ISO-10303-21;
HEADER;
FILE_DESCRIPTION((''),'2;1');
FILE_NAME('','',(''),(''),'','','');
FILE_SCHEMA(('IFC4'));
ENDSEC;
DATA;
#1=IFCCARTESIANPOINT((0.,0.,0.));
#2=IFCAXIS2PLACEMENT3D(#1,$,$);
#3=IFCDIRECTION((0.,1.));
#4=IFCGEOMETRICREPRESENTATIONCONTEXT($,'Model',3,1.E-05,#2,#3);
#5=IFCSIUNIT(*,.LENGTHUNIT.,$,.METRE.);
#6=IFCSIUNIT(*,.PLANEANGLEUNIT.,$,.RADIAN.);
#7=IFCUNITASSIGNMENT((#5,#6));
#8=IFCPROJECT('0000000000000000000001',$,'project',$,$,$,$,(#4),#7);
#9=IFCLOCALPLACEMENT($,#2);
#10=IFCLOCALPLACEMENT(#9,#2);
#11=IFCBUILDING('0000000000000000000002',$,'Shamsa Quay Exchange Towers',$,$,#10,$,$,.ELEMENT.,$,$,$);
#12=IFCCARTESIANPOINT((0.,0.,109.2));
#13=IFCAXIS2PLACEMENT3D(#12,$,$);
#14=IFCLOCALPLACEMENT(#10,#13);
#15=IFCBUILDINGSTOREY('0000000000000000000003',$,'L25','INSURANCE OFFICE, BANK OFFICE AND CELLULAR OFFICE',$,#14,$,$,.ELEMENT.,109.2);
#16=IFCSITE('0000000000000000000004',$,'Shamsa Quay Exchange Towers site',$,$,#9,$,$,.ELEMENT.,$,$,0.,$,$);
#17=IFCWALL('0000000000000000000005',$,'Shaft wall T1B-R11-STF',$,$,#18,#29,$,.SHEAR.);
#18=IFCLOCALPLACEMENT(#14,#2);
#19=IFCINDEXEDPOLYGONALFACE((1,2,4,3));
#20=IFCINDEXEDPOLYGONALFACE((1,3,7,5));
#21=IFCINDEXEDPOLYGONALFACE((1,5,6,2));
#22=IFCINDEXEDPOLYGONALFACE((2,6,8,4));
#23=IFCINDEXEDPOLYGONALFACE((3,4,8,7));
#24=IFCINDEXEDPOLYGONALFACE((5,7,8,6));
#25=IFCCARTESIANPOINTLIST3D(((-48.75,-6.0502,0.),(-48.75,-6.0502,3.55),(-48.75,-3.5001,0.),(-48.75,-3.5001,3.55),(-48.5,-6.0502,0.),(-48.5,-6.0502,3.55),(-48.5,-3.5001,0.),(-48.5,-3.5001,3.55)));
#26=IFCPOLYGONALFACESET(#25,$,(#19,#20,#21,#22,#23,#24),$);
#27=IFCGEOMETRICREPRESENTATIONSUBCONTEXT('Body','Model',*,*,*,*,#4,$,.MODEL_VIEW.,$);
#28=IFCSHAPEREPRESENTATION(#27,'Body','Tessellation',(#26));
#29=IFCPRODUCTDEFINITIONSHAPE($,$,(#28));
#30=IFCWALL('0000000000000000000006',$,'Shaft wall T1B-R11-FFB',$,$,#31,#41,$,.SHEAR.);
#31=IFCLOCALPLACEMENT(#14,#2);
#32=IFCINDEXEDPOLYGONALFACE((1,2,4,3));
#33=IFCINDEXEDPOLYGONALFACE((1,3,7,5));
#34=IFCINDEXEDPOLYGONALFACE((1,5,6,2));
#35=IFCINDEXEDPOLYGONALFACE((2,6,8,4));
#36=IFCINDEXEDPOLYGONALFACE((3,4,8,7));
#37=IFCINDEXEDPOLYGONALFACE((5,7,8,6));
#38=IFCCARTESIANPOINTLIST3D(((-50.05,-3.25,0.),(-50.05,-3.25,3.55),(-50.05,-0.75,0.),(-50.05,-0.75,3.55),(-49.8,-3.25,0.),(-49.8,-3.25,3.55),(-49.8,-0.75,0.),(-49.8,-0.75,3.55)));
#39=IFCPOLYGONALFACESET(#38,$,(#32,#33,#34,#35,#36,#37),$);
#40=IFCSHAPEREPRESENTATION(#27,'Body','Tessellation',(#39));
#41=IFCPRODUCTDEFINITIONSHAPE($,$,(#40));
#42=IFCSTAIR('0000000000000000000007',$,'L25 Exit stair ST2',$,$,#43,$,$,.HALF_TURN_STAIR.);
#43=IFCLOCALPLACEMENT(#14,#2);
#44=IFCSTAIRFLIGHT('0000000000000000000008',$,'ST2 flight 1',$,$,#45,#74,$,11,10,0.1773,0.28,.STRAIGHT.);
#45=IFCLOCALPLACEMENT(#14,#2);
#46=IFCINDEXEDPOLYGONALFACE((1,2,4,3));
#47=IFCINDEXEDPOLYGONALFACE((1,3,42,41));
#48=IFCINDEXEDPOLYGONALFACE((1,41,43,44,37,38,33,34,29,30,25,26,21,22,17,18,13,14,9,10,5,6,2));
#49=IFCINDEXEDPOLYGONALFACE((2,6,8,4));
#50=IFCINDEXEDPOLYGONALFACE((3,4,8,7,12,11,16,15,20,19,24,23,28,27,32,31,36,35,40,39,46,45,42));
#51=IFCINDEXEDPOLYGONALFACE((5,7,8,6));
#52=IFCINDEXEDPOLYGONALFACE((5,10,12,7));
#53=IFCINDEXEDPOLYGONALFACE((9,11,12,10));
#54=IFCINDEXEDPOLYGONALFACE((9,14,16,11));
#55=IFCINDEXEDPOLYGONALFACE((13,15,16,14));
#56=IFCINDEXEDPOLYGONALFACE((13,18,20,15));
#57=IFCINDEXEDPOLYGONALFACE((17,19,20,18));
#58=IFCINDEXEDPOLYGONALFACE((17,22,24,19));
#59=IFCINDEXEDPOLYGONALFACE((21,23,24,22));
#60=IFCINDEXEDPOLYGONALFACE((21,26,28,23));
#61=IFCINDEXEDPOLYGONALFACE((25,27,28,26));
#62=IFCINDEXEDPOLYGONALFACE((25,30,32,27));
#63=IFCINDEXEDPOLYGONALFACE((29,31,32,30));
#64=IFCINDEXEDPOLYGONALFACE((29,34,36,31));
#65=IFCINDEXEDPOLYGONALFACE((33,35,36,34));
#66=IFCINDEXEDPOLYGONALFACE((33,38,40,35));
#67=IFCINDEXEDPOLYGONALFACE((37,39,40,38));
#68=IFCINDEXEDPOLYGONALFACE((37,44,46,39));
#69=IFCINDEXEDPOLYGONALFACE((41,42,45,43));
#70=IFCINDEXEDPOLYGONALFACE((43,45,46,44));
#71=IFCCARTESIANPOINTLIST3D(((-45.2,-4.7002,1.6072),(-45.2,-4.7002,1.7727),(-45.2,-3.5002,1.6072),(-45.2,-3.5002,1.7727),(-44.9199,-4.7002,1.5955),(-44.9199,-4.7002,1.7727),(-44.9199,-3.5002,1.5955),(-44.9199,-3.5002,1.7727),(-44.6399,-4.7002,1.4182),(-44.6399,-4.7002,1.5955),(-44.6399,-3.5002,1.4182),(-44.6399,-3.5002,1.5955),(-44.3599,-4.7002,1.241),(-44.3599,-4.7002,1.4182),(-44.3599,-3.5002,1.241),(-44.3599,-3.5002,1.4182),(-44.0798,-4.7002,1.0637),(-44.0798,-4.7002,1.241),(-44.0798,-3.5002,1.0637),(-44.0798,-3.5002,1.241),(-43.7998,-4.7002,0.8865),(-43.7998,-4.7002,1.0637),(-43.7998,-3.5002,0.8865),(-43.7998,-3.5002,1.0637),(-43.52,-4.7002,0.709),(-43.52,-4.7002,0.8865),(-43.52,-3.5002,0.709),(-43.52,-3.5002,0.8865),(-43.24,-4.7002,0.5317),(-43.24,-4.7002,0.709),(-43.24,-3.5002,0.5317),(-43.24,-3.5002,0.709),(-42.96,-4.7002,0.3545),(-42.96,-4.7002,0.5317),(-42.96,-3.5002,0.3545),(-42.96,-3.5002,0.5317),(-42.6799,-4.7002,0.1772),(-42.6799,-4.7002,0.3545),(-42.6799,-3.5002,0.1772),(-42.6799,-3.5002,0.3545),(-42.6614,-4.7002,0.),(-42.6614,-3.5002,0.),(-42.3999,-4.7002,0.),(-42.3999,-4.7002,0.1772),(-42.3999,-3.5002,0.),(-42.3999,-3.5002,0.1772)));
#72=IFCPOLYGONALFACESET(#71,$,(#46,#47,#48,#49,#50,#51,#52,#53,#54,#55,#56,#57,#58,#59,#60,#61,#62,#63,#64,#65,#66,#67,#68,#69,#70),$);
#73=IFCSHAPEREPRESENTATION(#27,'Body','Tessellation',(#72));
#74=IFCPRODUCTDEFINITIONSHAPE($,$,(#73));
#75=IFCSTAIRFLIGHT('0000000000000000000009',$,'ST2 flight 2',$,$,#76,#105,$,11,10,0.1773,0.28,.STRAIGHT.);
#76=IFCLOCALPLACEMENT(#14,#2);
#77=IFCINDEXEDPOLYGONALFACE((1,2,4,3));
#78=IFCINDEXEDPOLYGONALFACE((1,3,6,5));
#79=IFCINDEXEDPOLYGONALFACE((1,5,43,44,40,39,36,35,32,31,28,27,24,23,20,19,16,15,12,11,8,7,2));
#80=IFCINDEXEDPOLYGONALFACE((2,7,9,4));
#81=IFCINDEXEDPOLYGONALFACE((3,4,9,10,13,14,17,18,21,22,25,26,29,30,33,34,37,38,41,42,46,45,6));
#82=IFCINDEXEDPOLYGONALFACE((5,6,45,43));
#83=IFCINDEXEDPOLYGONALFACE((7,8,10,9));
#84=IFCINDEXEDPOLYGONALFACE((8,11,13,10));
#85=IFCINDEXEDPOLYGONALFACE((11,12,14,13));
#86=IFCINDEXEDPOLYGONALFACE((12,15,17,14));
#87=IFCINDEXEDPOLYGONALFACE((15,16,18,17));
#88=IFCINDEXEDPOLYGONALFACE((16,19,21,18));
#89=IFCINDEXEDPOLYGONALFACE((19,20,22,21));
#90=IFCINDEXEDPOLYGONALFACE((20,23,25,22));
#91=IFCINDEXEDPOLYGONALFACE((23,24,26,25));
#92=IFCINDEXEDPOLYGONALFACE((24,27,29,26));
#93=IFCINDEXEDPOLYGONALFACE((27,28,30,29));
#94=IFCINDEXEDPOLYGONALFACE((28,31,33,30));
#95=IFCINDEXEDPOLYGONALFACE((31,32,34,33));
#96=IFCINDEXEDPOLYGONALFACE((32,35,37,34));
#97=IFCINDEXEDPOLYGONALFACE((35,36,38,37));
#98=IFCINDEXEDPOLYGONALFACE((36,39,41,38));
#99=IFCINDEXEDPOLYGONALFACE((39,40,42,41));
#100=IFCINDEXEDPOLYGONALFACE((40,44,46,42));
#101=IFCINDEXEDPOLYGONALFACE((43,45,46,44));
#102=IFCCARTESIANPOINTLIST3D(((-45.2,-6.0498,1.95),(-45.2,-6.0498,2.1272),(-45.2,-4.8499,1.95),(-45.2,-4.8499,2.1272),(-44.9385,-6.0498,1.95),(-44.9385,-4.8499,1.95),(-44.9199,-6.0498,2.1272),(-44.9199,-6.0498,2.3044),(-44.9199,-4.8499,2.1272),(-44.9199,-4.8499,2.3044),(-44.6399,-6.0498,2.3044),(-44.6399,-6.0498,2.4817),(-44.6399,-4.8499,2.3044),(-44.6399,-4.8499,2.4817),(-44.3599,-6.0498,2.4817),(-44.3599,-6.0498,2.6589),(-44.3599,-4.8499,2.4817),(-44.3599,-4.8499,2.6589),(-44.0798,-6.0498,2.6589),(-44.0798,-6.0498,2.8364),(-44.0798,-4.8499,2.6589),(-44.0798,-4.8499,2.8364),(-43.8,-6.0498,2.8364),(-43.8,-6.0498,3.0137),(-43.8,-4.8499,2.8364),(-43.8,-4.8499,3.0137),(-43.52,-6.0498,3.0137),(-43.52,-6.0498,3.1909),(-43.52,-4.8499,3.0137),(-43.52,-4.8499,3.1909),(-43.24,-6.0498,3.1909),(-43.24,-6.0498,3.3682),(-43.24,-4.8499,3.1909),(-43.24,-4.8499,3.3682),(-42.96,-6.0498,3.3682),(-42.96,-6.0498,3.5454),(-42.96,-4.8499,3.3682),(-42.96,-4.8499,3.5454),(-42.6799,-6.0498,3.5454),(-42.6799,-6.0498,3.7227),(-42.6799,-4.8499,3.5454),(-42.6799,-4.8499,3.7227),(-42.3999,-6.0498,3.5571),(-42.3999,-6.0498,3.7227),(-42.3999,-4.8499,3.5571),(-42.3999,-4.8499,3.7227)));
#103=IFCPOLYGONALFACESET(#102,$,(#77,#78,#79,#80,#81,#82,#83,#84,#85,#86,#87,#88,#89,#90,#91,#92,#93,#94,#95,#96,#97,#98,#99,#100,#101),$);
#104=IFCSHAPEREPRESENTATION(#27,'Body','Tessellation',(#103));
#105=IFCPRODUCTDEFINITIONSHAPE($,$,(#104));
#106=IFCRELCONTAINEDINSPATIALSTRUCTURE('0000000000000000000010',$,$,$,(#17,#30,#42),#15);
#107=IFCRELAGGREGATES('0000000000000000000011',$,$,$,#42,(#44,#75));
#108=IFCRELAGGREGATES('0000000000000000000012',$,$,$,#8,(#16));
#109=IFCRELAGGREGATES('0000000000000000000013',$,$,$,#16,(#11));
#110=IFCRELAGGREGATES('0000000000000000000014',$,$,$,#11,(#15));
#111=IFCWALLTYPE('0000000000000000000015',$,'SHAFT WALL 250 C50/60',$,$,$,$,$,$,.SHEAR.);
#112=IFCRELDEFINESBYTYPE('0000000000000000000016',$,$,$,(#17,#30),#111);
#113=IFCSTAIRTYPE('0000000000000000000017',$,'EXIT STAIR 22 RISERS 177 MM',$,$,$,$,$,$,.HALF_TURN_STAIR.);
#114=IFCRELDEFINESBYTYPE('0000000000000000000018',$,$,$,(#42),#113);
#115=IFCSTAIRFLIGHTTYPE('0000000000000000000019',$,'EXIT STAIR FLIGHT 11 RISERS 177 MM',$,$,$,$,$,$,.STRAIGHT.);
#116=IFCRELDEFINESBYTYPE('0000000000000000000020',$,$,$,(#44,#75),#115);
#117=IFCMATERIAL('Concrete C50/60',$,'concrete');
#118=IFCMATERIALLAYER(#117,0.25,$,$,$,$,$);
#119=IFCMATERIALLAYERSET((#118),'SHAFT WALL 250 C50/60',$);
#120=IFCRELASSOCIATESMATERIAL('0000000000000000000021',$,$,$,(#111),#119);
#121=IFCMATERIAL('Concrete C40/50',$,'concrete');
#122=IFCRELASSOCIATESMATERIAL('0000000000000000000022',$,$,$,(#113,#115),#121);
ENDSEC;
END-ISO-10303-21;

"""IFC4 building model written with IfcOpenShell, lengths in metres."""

from ifc_helpers import new_model, si_unit, direction, frame, frame_2d, origin, place, context, subcontext, project, spatial, polyline, rectangle, outline, extrude, material, layer, layer_set, type_object, element, aggregate, save


model = new_model("IFC4")

# Units and contexts
model_context = context("Model", 3, precision=1e-05, world=origin(), true_north=direction((0.0, 1.0)))
body_context = subcontext(model_context, "Body", "Model", "MODEL_VIEW")
ifc_project = project(units=[si_unit("LENGTHUNIT", "METRE"), si_unit("PLANEANGLEUNIT", "RADIAN")], contexts=[model_context])

# Site, building, storey
site_placement = place(None, origin())
site = spatial("IfcSite", under=ifc_project, at=site_placement, Name="Shamsa Quay Exchange Towers site", CompositionType="ELEMENT", RefElevation=0.0)
building_placement = place(site_placement, origin())
building = spatial("IfcBuilding", under=site, at=building_placement, Name="Shamsa Quay Exchange Towers", CompositionType="ELEMENT")
storey_placement = place(building_placement, frame((0.0, 0.0, 109.2)))
storey = spatial("IfcBuildingStorey", under=building, at=storey_placement, Name="L25", Description="INSURANCE OFFICE, BANK OFFICE AND CELLULAR OFFICE", CompositionType="ELEMENT", Elevation=109.2)

# Wall
ifc_material_1 = material(Name="Concrete C50/60", Category="concrete")
ifc_layer_1 = layer(ifc_material_1, 0.25)
ifc_layer_set_1 = layer_set([ifc_layer_1], Name="SHAFT WALL 250 C50/60")
wall_type_1 = type_object("IfcWallType", Name="SHAFT WALL 250 C50/60", PredefinedType="SHEAR", material=ifc_layer_set_1)
wall_1_placement = place(storey_placement, frame((-48.625, -6.05, 0.0), z_axis=(0.0, 0.0, 1.0), x_axis=(0.0, 1.0, 0.0)))
element("IfcWall", 1, at=wall_1_placement, inside=storey, type_object=wall_type_1, Name="Shaft wall T1B-R11-STF", PredefinedType="SHEAR", context=body_context, shape_type="SweptSolid", body=[
    extrude(rectangle(XDim=2.55, YDim=0.25, at=frame_2d((1.2749, 0.0))), origin(), (0.0, 0.0, 1.0), 3.55),
])

# Wall
wall_2_placement = place(storey_placement, frame((-49.925, -3.25, 0.0), z_axis=(0.0, 0.0, 1.0), x_axis=(0.0, 1.0, 0.0)))
element("IfcWall", 2, at=wall_2_placement, inside=storey, type_object=wall_type_1, Name="Shaft wall T1B-R11-FFB", PredefinedType="SHEAR", context=body_context, shape_type="SweptSolid", body=[
    extrude(rectangle(XDim=2.5, YDim=0.25, at=frame_2d((1.25, 0.0))), origin(), (0.0, 0.0, 1.0), 3.55),
])

# Stair, stair flights
ifc_material_2 = material(Name="Concrete C40/50", Category="concrete")
stair_type = type_object("IfcStairType", Name="EXIT STAIR 22 RISERS 177 MM", PredefinedType="HALF_TURN_STAIR", material=ifc_material_2)
stair_placement = place(storey_placement, origin())
stair = element("IfcStair", 3, at=stair_placement, inside=storey, type_object=stair_type, Name="L25 Exit stair ST2", PredefinedType="HALF_TURN_STAIR")
stair_flight_type = type_object("IfcStairFlightType", Name="EXIT STAIR FLIGHT 11 RISERS 177 MM", PredefinedType="STRAIGHT", material=ifc_material_2)
stair_flight_1_placement = place(storey_placement, frame((-42.3999, -4.1001, 0.0), z_axis=(0.0, 0.0, 1.0), x_axis=(-1.0, 0.0, 0.0)))
stair_flight_1 = element("IfcStairFlight", 4, at=stair_flight_1_placement, type_object=stair_flight_type, Name="ST2 flight 1", NumberOfRisers=11, NumberOfTreads=10, PredefinedType="STRAIGHT", RiserHeight=0.1773, TreadLength=0.28, context=body_context, shape_type="SweptSolid", body=[
    extrude(outline(polyline([(0.0, 0.0), (0.0, 0.1772), (0.28, 0.1772), (0.28, 0.3545), (0.5601, 0.3545), (0.5601, 0.5317), (0.8401, 0.5317), (0.8401, 0.709), (1.1201, 0.709), (1.1201, 0.8865), (1.3999, 0.8865), (1.3999, 1.0637), (1.6799, 1.0637), (1.6799, 1.241), (1.96, 1.241), (1.96, 1.4182), (2.24, 1.4182), (2.24, 1.5955), (2.52, 1.5955), (2.52, 1.7727), (2.8, 1.7727), (2.8, 1.95), (2.8, 1.6072), (0.2615, 0.0), (0.0, 0.0)])), frame((0.0, 0.6001, 0.0), z_axis=(0.0, -1.0, 0.0), x_axis=(1.0, 0.0, 0.0)), (0.0, 0.0, 1.0), 1.2),
])
stair_flight_2_placement = place(storey_placement, frame((-45.2, -5.45, 1.95)))
stair_flight_2 = element("IfcStairFlight", 5, at=stair_flight_2_placement, type_object=stair_flight_type, Name="ST2 flight 2", NumberOfRisers=11, NumberOfTreads=10, PredefinedType="STRAIGHT", RiserHeight=0.1773, TreadLength=0.28, context=body_context, shape_type="SweptSolid", body=[
    extrude(outline(polyline([(0.0, 0.0), (0.0, 0.1772), (0.28, 0.1772), (0.28, 0.3545), (0.5601, 0.3545), (0.5601, 0.5317), (0.8401, 0.5317), (0.8401, 0.709), (1.1201, 0.709), (1.1201, 0.8865), (1.3999, 0.8865), (1.3999, 1.0637), (1.6799, 1.0637), (1.6799, 1.241), (1.96, 1.241), (1.96, 1.4182), (2.24, 1.4182), (2.24, 1.5955), (2.52, 1.5955), (2.52, 1.7727), (2.8, 1.7727), (2.8, 1.95), (2.8, 1.6072), (0.2615, 0.0), (0.0, 0.0)])), frame((0.0, 0.6001, 0.0), z_axis=(0.0, -1.0, 0.0), x_axis=(1.0, 0.0, 0.0)), (0.0, 0.0, 1.0), 1.2),
])
aggregate(stair, [stair_flight_1, stair_flight_2])

save(model, "model.ifc")
